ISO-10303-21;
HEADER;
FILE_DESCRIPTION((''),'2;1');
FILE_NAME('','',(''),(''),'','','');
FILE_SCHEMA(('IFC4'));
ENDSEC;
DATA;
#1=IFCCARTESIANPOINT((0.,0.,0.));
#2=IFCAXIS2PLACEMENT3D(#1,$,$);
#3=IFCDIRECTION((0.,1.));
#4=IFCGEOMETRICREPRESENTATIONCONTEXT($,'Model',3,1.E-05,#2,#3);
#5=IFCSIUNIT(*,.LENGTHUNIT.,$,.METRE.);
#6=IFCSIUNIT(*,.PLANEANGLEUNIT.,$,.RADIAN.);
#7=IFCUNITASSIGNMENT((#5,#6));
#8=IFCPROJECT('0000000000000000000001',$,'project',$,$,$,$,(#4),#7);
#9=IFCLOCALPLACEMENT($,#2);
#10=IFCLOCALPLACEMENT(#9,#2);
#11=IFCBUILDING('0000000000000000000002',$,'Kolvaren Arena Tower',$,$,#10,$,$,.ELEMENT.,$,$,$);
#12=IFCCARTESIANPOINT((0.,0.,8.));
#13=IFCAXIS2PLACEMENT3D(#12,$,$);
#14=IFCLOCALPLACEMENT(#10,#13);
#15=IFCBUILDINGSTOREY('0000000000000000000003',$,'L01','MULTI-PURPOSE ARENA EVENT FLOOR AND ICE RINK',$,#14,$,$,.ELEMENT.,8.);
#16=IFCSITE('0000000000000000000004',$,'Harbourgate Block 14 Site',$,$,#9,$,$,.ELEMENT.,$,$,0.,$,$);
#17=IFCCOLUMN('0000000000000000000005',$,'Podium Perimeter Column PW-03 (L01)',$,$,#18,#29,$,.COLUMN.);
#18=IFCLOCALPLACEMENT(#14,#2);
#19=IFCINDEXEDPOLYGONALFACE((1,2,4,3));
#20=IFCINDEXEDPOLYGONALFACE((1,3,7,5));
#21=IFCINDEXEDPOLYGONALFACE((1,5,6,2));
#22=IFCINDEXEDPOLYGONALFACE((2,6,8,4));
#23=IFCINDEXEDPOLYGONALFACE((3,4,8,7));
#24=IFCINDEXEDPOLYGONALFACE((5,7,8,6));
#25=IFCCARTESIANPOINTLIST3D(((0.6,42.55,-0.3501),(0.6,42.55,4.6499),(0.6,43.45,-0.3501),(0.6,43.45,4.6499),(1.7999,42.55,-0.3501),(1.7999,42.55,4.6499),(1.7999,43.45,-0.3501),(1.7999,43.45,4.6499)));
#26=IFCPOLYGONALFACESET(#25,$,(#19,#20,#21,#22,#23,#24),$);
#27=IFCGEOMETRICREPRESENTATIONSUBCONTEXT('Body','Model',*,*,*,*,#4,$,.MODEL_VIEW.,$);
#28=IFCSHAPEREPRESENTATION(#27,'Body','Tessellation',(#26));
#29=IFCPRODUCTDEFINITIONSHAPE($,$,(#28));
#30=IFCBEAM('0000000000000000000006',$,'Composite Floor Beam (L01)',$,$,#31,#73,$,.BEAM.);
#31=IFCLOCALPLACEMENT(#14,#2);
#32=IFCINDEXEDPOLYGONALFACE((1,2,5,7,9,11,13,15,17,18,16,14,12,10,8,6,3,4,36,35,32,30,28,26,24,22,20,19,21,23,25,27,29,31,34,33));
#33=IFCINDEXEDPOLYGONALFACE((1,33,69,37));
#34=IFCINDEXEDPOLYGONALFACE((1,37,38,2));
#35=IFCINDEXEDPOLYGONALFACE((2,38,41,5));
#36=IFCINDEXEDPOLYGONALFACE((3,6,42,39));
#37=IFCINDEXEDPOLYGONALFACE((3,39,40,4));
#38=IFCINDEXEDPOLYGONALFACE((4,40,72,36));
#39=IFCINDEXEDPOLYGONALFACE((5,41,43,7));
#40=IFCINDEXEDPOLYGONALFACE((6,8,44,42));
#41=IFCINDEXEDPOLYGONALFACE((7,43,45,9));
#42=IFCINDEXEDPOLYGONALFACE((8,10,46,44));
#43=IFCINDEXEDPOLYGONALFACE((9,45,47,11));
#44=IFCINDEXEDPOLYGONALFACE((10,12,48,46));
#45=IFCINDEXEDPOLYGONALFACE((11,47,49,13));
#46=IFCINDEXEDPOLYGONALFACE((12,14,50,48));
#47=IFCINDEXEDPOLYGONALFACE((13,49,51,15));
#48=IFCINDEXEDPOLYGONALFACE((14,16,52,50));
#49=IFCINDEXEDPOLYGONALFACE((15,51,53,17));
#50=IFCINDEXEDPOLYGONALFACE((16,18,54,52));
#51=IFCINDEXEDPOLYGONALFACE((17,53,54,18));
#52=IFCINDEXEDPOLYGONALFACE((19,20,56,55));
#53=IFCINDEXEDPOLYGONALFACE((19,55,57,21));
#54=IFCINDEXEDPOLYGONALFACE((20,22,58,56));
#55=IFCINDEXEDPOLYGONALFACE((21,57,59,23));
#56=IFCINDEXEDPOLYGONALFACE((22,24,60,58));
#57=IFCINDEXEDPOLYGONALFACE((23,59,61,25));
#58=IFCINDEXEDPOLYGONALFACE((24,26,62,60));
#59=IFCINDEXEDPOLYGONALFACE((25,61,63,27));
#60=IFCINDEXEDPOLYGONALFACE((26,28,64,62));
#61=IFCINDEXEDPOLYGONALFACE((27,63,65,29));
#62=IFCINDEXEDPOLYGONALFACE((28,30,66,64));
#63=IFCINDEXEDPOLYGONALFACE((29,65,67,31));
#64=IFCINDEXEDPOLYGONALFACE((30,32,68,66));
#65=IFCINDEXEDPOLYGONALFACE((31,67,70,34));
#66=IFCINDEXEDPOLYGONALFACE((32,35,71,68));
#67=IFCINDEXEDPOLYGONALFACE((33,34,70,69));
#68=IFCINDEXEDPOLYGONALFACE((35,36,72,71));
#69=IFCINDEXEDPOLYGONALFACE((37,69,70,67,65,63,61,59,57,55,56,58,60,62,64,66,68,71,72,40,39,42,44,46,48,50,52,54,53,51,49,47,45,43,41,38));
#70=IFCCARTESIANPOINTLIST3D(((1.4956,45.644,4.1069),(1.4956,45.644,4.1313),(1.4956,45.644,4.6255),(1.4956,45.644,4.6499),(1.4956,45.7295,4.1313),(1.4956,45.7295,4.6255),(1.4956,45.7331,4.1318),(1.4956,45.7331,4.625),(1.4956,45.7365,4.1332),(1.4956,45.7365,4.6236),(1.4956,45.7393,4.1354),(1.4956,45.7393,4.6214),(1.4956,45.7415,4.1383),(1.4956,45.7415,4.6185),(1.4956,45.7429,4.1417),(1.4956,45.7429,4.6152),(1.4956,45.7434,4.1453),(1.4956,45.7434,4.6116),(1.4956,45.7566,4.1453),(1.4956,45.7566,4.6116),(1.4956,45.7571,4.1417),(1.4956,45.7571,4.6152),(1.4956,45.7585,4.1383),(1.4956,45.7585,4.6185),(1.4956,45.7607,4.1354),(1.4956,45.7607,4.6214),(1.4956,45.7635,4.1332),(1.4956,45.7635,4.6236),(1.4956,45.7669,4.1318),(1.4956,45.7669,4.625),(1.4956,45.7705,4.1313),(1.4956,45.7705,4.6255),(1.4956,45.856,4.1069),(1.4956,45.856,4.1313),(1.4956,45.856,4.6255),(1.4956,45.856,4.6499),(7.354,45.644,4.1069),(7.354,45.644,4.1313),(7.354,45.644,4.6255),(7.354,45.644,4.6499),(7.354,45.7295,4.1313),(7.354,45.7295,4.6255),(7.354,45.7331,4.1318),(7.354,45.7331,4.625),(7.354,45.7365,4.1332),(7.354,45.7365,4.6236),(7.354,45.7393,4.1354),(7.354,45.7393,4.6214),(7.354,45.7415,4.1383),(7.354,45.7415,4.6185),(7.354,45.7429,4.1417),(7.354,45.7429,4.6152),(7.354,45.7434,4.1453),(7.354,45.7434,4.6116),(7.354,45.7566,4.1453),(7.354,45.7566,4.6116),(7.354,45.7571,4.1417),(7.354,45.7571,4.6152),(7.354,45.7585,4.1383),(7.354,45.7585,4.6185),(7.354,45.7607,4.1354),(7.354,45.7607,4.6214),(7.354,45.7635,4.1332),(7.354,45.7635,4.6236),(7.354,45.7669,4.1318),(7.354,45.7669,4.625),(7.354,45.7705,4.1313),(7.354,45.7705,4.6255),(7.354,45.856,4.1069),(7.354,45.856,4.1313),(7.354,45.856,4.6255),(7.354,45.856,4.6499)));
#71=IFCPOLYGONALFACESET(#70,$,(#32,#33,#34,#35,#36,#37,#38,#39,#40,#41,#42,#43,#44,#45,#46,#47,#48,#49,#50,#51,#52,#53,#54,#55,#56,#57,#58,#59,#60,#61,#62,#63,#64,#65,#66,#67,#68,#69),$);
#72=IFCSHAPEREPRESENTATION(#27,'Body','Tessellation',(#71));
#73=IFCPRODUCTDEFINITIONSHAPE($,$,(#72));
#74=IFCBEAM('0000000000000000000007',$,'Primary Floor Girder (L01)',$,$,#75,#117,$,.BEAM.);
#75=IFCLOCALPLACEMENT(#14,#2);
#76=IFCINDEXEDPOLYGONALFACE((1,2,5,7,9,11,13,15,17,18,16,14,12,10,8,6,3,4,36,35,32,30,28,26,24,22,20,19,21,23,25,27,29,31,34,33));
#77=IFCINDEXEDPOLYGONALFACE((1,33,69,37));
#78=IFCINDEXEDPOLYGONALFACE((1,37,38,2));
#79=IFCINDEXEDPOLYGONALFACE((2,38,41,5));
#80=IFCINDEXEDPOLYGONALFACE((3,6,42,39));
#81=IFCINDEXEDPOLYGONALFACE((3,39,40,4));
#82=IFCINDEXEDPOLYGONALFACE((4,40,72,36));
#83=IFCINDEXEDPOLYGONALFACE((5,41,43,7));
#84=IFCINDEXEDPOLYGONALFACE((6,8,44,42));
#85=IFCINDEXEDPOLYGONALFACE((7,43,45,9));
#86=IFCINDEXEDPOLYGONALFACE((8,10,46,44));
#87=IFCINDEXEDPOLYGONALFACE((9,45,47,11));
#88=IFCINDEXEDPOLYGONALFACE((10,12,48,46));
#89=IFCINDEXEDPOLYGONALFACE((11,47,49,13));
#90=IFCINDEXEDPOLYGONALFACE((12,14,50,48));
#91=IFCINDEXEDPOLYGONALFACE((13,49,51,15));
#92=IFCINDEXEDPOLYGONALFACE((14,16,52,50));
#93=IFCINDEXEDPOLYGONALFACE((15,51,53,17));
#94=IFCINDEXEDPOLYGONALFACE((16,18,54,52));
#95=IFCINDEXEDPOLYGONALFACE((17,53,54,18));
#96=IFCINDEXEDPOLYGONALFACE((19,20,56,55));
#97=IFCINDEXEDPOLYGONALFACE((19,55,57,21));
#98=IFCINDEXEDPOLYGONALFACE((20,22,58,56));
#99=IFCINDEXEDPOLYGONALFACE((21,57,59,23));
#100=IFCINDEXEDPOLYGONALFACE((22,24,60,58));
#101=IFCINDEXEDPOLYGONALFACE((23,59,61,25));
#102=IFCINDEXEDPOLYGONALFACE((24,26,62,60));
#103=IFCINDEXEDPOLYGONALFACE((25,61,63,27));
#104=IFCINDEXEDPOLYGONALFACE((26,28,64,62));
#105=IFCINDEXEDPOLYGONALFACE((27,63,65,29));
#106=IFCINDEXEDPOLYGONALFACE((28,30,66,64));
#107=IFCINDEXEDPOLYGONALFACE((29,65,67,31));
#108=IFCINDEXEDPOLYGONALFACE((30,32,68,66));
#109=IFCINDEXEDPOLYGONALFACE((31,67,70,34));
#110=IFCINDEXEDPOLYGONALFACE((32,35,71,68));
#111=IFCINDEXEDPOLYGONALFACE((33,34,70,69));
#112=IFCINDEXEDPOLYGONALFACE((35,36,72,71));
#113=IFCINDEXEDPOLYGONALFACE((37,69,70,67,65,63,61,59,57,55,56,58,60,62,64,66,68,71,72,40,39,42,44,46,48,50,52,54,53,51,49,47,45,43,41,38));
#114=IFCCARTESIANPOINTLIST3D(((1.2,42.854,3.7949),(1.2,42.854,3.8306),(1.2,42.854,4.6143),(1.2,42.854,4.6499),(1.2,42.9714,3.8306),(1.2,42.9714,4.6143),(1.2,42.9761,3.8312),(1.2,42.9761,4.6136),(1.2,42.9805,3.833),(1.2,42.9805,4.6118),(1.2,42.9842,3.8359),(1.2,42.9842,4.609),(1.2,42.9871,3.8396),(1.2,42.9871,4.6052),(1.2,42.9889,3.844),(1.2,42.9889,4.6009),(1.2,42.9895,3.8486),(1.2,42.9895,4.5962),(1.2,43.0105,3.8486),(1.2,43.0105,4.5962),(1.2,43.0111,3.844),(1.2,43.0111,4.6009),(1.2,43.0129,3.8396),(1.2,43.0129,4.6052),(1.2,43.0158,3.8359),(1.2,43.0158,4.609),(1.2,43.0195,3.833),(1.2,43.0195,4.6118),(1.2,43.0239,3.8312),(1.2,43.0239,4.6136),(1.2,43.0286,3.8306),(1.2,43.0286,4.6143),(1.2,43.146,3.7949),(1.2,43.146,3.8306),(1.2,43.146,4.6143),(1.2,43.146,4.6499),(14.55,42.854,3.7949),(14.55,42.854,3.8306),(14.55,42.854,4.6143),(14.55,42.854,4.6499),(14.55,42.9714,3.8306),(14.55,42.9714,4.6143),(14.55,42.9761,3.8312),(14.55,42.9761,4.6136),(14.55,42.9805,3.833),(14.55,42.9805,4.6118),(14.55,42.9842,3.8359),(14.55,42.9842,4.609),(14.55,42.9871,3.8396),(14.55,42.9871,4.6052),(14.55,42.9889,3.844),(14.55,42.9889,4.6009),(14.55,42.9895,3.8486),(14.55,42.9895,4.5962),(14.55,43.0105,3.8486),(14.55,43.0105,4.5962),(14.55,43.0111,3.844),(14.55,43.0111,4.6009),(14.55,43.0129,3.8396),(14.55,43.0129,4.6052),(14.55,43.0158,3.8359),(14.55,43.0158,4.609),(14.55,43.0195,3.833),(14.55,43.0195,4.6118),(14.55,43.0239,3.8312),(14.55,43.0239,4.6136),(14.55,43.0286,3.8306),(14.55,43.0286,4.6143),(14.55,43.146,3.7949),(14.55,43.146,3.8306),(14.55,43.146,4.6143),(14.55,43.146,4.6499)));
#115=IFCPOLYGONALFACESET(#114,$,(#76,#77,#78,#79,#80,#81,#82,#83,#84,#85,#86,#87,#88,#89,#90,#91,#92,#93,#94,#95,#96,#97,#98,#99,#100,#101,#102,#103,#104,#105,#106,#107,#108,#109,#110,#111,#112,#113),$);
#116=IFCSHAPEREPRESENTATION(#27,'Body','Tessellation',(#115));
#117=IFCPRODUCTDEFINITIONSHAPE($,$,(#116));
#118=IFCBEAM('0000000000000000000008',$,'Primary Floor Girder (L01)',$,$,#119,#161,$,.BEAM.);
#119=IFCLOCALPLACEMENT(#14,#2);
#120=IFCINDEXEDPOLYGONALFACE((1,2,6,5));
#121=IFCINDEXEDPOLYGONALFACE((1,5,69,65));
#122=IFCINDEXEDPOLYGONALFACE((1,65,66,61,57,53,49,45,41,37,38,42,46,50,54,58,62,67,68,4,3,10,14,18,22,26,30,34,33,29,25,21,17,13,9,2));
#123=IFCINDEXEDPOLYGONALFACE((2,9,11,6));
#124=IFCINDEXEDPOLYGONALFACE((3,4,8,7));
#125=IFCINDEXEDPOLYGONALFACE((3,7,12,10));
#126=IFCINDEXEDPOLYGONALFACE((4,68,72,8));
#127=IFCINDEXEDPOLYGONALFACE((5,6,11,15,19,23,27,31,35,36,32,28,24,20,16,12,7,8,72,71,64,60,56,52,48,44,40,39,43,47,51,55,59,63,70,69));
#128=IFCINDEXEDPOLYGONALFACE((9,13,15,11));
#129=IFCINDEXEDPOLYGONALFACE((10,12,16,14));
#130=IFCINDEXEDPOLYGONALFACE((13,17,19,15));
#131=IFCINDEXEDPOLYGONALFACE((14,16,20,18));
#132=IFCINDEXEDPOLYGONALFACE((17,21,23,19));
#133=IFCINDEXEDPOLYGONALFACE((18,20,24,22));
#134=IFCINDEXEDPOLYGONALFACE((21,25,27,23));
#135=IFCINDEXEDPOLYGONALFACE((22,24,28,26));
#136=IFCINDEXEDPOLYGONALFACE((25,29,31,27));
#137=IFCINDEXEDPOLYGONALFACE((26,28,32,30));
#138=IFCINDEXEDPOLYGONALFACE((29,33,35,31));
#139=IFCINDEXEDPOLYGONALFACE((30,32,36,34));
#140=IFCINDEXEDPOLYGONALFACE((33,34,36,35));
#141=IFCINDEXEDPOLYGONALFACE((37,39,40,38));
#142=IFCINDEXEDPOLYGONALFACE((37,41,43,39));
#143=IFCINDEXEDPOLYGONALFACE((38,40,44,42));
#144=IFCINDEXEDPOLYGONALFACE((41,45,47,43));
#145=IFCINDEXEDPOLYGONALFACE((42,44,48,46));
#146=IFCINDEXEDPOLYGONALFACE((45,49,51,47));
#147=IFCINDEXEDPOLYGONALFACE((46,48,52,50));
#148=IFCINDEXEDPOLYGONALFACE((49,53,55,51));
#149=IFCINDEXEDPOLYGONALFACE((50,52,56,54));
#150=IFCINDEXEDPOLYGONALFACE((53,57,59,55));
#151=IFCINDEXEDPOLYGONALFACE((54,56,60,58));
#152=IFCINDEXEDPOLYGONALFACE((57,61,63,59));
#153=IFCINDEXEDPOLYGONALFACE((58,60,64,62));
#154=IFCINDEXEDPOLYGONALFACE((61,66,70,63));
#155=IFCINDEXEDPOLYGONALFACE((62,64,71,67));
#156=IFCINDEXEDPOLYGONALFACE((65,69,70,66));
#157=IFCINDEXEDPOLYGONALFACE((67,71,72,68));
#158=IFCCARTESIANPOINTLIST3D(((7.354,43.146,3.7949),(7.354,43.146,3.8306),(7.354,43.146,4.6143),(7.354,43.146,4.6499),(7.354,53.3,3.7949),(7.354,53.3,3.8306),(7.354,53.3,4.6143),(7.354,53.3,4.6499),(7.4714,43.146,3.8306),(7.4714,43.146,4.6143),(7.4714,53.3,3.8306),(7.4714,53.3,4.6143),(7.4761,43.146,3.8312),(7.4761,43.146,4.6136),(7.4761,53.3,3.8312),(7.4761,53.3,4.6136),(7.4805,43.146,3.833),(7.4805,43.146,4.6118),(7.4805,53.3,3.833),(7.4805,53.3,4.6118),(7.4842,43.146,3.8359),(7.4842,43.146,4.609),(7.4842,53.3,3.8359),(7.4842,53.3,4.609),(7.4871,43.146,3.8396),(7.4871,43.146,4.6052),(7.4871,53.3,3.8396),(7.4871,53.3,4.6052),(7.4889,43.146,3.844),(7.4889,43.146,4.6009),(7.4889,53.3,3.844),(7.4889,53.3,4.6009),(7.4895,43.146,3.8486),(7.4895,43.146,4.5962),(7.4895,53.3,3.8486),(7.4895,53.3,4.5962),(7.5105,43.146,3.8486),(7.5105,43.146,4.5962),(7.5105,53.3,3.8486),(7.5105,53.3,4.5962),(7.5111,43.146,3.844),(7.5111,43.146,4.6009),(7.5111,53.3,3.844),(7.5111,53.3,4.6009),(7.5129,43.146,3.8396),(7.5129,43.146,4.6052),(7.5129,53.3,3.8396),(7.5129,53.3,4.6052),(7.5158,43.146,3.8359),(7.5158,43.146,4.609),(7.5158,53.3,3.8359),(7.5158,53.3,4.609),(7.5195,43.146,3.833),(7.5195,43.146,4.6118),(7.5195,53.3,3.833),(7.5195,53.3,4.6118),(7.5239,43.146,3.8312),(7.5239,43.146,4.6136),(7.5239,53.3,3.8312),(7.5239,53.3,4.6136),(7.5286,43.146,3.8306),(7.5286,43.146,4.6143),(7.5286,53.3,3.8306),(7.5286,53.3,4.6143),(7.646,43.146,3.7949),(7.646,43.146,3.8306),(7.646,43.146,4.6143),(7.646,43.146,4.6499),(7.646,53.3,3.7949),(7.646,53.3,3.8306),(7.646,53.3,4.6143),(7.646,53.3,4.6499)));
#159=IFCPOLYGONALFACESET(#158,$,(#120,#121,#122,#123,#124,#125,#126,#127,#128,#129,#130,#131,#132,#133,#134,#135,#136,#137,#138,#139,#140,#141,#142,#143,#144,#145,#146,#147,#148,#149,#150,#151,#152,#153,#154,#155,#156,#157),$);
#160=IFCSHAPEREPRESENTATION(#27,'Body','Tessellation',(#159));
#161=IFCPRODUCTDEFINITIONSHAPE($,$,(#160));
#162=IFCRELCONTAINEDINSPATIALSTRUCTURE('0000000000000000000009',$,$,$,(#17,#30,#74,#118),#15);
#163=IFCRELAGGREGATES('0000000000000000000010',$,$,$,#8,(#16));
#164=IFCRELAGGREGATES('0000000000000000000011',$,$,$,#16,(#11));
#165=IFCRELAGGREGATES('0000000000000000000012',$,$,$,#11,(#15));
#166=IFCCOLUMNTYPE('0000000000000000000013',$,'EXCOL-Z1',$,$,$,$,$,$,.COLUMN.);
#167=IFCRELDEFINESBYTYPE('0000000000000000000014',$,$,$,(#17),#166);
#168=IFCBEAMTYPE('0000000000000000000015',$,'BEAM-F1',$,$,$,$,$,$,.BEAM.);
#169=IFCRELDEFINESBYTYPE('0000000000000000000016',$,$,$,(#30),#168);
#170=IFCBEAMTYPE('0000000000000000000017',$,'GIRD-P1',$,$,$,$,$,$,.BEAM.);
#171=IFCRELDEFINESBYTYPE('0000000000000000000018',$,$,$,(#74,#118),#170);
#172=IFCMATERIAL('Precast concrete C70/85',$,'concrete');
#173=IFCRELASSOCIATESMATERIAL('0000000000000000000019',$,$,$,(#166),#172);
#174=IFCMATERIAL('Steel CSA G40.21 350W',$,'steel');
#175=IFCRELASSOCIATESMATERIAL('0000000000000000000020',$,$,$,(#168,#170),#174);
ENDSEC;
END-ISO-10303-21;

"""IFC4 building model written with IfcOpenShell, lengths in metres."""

from ifc_helpers import new_model, si_unit, direction, frame, origin, origin_2d, place, context, subcontext, project, spatial, rectangle, i_section, extrude, material, material_profile, profile_set, type_object, element, save


model = new_model("IFC4")

# Units and contexts
model_context = context("Model", 3, precision=1e-05, world=origin(), true_north=direction((0.0, 1.0)))
body_context = subcontext(model_context, "Body", "Model", "MODEL_VIEW")
ifc_project = project(units=[si_unit("LENGTHUNIT", "METRE"), si_unit("PLANEANGLEUNIT", "RADIAN")], contexts=[model_context])

# Site, building, storey
site_placement = place(None, origin())
site = spatial("IfcSite", under=ifc_project, at=site_placement, Name="Harbourgate Block 14 Site", CompositionType="ELEMENT", RefElevation=0.0)
building_placement = place(site_placement, origin())
building = spatial("IfcBuilding", under=site, at=building_placement, Name="Kolvaren Arena Tower", CompositionType="ELEMENT")
storey_placement = place(building_placement, frame((0.0, 0.0, 8.0)))
storey = spatial("IfcBuildingStorey", under=building, at=storey_placement, Name="L01", Description="MULTI-PURPOSE ARENA EVENT FLOOR AND ICE RINK", CompositionType="ELEMENT", Elevation=8.0)

# Column
ifc_material_1 = material(Name="Precast concrete C70/85", Category="concrete")
ifc_material_profile_1 = material_profile(ifc_material_1, rectangle(XDim=1.2, YDim=0.8999, at=origin_2d()), Name="RC-1200x900")
ifc_profile_set_1 = profile_set([ifc_material_profile_1], Name="Precast concrete C70/85")
column_type = type_object("IfcColumnType", Name="EXCOL-Z1", PredefinedType="COLUMN", material=ifc_profile_set_1)
column_placement = place(storey_placement, frame((1.2, 43.0, -0.3501), z_axis=(0.0, 0.0, 1.0), x_axis=(1.0, 0.0, 0.0)))
element("IfcColumn", 1, at=column_placement, inside=storey, type_object=column_type, Name="Podium Perimeter Column PW-03 (L01)", PredefinedType="COLUMN", context=body_context, shape_type="SweptSolid", body=[
    extrude(rectangle(XDim=1.2, YDim=0.8999, at=origin_2d()), origin(), (0.0, 0.0, 1.0), 5.0),
])

# Beams
ifc_material_2 = material(Name="Steel CSA G40.21 350W", Category="steel")
ifc_material_profile_2 = material_profile(ifc_material_2, i_section(OverallWidth=0.2119, OverallDepth=0.543, WebThickness=0.0132, FlangeThickness=0.0244, FilletRadius=0.0139, at=origin_2d()), Name="W530x150")
ifc_profile_set_2 = profile_set([ifc_material_profile_2], Name="Steel CSA G40.21 350W")
beam_type_1 = type_object("IfcBeamType", Name="BEAM-F1", PredefinedType="BEAM", material=ifc_profile_set_2)
beam_1_placement = place(storey_placement, frame((1.4956, 45.75, 4.3784), z_axis=(1.0, 0.0, 0.0), x_axis=(0.0, 1.0, 0.0)))
element("IfcBeam", 2, at=beam_1_placement, inside=storey, type_object=beam_type_1, Name="Composite Floor Beam (L01)", PredefinedType="BEAM", context=body_context, shape_type="SweptSolid", body=[
    extrude(i_section(OverallWidth=0.2119, OverallDepth=0.543, WebThickness=0.0132, FlangeThickness=0.0244, FilletRadius=0.0139, at=origin_2d()), origin(), (0.0, 0.0, 1.0), 5.8584),
])
ifc_material_profile_3 = material_profile(ifc_material_2, i_section(OverallWidth=0.292, OverallDepth=0.855, WebThickness=0.021, FlangeThickness=0.0356, FilletRadius=0.0181, at=origin_2d()), Name="W840x299")
ifc_profile_set_3 = profile_set([ifc_material_profile_3], Name="Steel CSA G40.21 350W")
beam_type_2 = type_object("IfcBeamType", Name="GIRD-P1", PredefinedType="BEAM", material=ifc_profile_set_3)
beam_2_placement = place(storey_placement, frame((1.2, 43.0, 4.2224), z_axis=(1.0, 0.0, 0.0), x_axis=(0.0, 1.0, 0.0)))
element("IfcBeam", 3, at=beam_2_placement, inside=storey, type_object=beam_type_2, Name="Primary Floor Girder (L01)", PredefinedType="BEAM", context=body_context, shape_type="SweptSolid", body=[
    extrude(i_section(OverallWidth=0.292, OverallDepth=0.855, WebThickness=0.021, FlangeThickness=0.0356, FilletRadius=0.0181, at=origin_2d()), origin(), (0.0, 0.0, 1.0), 13.3501),
])
beam_3_placement = place(storey_placement, frame((7.5, 43.146, 4.2224), z_axis=(0.0, 1.0, 0.0), x_axis=(-1.0, 0.0, 0.0)))
element("IfcBeam", 4, at=beam_3_placement, inside=storey, type_object=beam_type_2, Name="Primary Floor Girder (L01)", PredefinedType="BEAM", context=body_context, shape_type="SweptSolid", body=[
    extrude(i_section(OverallWidth=0.292, OverallDepth=0.855, WebThickness=0.021, FlangeThickness=0.0356, FilletRadius=0.0181, at=origin_2d()), origin(), (0.0, 0.0, 1.0), 10.1541),
])

save(model, "model.ifc")
